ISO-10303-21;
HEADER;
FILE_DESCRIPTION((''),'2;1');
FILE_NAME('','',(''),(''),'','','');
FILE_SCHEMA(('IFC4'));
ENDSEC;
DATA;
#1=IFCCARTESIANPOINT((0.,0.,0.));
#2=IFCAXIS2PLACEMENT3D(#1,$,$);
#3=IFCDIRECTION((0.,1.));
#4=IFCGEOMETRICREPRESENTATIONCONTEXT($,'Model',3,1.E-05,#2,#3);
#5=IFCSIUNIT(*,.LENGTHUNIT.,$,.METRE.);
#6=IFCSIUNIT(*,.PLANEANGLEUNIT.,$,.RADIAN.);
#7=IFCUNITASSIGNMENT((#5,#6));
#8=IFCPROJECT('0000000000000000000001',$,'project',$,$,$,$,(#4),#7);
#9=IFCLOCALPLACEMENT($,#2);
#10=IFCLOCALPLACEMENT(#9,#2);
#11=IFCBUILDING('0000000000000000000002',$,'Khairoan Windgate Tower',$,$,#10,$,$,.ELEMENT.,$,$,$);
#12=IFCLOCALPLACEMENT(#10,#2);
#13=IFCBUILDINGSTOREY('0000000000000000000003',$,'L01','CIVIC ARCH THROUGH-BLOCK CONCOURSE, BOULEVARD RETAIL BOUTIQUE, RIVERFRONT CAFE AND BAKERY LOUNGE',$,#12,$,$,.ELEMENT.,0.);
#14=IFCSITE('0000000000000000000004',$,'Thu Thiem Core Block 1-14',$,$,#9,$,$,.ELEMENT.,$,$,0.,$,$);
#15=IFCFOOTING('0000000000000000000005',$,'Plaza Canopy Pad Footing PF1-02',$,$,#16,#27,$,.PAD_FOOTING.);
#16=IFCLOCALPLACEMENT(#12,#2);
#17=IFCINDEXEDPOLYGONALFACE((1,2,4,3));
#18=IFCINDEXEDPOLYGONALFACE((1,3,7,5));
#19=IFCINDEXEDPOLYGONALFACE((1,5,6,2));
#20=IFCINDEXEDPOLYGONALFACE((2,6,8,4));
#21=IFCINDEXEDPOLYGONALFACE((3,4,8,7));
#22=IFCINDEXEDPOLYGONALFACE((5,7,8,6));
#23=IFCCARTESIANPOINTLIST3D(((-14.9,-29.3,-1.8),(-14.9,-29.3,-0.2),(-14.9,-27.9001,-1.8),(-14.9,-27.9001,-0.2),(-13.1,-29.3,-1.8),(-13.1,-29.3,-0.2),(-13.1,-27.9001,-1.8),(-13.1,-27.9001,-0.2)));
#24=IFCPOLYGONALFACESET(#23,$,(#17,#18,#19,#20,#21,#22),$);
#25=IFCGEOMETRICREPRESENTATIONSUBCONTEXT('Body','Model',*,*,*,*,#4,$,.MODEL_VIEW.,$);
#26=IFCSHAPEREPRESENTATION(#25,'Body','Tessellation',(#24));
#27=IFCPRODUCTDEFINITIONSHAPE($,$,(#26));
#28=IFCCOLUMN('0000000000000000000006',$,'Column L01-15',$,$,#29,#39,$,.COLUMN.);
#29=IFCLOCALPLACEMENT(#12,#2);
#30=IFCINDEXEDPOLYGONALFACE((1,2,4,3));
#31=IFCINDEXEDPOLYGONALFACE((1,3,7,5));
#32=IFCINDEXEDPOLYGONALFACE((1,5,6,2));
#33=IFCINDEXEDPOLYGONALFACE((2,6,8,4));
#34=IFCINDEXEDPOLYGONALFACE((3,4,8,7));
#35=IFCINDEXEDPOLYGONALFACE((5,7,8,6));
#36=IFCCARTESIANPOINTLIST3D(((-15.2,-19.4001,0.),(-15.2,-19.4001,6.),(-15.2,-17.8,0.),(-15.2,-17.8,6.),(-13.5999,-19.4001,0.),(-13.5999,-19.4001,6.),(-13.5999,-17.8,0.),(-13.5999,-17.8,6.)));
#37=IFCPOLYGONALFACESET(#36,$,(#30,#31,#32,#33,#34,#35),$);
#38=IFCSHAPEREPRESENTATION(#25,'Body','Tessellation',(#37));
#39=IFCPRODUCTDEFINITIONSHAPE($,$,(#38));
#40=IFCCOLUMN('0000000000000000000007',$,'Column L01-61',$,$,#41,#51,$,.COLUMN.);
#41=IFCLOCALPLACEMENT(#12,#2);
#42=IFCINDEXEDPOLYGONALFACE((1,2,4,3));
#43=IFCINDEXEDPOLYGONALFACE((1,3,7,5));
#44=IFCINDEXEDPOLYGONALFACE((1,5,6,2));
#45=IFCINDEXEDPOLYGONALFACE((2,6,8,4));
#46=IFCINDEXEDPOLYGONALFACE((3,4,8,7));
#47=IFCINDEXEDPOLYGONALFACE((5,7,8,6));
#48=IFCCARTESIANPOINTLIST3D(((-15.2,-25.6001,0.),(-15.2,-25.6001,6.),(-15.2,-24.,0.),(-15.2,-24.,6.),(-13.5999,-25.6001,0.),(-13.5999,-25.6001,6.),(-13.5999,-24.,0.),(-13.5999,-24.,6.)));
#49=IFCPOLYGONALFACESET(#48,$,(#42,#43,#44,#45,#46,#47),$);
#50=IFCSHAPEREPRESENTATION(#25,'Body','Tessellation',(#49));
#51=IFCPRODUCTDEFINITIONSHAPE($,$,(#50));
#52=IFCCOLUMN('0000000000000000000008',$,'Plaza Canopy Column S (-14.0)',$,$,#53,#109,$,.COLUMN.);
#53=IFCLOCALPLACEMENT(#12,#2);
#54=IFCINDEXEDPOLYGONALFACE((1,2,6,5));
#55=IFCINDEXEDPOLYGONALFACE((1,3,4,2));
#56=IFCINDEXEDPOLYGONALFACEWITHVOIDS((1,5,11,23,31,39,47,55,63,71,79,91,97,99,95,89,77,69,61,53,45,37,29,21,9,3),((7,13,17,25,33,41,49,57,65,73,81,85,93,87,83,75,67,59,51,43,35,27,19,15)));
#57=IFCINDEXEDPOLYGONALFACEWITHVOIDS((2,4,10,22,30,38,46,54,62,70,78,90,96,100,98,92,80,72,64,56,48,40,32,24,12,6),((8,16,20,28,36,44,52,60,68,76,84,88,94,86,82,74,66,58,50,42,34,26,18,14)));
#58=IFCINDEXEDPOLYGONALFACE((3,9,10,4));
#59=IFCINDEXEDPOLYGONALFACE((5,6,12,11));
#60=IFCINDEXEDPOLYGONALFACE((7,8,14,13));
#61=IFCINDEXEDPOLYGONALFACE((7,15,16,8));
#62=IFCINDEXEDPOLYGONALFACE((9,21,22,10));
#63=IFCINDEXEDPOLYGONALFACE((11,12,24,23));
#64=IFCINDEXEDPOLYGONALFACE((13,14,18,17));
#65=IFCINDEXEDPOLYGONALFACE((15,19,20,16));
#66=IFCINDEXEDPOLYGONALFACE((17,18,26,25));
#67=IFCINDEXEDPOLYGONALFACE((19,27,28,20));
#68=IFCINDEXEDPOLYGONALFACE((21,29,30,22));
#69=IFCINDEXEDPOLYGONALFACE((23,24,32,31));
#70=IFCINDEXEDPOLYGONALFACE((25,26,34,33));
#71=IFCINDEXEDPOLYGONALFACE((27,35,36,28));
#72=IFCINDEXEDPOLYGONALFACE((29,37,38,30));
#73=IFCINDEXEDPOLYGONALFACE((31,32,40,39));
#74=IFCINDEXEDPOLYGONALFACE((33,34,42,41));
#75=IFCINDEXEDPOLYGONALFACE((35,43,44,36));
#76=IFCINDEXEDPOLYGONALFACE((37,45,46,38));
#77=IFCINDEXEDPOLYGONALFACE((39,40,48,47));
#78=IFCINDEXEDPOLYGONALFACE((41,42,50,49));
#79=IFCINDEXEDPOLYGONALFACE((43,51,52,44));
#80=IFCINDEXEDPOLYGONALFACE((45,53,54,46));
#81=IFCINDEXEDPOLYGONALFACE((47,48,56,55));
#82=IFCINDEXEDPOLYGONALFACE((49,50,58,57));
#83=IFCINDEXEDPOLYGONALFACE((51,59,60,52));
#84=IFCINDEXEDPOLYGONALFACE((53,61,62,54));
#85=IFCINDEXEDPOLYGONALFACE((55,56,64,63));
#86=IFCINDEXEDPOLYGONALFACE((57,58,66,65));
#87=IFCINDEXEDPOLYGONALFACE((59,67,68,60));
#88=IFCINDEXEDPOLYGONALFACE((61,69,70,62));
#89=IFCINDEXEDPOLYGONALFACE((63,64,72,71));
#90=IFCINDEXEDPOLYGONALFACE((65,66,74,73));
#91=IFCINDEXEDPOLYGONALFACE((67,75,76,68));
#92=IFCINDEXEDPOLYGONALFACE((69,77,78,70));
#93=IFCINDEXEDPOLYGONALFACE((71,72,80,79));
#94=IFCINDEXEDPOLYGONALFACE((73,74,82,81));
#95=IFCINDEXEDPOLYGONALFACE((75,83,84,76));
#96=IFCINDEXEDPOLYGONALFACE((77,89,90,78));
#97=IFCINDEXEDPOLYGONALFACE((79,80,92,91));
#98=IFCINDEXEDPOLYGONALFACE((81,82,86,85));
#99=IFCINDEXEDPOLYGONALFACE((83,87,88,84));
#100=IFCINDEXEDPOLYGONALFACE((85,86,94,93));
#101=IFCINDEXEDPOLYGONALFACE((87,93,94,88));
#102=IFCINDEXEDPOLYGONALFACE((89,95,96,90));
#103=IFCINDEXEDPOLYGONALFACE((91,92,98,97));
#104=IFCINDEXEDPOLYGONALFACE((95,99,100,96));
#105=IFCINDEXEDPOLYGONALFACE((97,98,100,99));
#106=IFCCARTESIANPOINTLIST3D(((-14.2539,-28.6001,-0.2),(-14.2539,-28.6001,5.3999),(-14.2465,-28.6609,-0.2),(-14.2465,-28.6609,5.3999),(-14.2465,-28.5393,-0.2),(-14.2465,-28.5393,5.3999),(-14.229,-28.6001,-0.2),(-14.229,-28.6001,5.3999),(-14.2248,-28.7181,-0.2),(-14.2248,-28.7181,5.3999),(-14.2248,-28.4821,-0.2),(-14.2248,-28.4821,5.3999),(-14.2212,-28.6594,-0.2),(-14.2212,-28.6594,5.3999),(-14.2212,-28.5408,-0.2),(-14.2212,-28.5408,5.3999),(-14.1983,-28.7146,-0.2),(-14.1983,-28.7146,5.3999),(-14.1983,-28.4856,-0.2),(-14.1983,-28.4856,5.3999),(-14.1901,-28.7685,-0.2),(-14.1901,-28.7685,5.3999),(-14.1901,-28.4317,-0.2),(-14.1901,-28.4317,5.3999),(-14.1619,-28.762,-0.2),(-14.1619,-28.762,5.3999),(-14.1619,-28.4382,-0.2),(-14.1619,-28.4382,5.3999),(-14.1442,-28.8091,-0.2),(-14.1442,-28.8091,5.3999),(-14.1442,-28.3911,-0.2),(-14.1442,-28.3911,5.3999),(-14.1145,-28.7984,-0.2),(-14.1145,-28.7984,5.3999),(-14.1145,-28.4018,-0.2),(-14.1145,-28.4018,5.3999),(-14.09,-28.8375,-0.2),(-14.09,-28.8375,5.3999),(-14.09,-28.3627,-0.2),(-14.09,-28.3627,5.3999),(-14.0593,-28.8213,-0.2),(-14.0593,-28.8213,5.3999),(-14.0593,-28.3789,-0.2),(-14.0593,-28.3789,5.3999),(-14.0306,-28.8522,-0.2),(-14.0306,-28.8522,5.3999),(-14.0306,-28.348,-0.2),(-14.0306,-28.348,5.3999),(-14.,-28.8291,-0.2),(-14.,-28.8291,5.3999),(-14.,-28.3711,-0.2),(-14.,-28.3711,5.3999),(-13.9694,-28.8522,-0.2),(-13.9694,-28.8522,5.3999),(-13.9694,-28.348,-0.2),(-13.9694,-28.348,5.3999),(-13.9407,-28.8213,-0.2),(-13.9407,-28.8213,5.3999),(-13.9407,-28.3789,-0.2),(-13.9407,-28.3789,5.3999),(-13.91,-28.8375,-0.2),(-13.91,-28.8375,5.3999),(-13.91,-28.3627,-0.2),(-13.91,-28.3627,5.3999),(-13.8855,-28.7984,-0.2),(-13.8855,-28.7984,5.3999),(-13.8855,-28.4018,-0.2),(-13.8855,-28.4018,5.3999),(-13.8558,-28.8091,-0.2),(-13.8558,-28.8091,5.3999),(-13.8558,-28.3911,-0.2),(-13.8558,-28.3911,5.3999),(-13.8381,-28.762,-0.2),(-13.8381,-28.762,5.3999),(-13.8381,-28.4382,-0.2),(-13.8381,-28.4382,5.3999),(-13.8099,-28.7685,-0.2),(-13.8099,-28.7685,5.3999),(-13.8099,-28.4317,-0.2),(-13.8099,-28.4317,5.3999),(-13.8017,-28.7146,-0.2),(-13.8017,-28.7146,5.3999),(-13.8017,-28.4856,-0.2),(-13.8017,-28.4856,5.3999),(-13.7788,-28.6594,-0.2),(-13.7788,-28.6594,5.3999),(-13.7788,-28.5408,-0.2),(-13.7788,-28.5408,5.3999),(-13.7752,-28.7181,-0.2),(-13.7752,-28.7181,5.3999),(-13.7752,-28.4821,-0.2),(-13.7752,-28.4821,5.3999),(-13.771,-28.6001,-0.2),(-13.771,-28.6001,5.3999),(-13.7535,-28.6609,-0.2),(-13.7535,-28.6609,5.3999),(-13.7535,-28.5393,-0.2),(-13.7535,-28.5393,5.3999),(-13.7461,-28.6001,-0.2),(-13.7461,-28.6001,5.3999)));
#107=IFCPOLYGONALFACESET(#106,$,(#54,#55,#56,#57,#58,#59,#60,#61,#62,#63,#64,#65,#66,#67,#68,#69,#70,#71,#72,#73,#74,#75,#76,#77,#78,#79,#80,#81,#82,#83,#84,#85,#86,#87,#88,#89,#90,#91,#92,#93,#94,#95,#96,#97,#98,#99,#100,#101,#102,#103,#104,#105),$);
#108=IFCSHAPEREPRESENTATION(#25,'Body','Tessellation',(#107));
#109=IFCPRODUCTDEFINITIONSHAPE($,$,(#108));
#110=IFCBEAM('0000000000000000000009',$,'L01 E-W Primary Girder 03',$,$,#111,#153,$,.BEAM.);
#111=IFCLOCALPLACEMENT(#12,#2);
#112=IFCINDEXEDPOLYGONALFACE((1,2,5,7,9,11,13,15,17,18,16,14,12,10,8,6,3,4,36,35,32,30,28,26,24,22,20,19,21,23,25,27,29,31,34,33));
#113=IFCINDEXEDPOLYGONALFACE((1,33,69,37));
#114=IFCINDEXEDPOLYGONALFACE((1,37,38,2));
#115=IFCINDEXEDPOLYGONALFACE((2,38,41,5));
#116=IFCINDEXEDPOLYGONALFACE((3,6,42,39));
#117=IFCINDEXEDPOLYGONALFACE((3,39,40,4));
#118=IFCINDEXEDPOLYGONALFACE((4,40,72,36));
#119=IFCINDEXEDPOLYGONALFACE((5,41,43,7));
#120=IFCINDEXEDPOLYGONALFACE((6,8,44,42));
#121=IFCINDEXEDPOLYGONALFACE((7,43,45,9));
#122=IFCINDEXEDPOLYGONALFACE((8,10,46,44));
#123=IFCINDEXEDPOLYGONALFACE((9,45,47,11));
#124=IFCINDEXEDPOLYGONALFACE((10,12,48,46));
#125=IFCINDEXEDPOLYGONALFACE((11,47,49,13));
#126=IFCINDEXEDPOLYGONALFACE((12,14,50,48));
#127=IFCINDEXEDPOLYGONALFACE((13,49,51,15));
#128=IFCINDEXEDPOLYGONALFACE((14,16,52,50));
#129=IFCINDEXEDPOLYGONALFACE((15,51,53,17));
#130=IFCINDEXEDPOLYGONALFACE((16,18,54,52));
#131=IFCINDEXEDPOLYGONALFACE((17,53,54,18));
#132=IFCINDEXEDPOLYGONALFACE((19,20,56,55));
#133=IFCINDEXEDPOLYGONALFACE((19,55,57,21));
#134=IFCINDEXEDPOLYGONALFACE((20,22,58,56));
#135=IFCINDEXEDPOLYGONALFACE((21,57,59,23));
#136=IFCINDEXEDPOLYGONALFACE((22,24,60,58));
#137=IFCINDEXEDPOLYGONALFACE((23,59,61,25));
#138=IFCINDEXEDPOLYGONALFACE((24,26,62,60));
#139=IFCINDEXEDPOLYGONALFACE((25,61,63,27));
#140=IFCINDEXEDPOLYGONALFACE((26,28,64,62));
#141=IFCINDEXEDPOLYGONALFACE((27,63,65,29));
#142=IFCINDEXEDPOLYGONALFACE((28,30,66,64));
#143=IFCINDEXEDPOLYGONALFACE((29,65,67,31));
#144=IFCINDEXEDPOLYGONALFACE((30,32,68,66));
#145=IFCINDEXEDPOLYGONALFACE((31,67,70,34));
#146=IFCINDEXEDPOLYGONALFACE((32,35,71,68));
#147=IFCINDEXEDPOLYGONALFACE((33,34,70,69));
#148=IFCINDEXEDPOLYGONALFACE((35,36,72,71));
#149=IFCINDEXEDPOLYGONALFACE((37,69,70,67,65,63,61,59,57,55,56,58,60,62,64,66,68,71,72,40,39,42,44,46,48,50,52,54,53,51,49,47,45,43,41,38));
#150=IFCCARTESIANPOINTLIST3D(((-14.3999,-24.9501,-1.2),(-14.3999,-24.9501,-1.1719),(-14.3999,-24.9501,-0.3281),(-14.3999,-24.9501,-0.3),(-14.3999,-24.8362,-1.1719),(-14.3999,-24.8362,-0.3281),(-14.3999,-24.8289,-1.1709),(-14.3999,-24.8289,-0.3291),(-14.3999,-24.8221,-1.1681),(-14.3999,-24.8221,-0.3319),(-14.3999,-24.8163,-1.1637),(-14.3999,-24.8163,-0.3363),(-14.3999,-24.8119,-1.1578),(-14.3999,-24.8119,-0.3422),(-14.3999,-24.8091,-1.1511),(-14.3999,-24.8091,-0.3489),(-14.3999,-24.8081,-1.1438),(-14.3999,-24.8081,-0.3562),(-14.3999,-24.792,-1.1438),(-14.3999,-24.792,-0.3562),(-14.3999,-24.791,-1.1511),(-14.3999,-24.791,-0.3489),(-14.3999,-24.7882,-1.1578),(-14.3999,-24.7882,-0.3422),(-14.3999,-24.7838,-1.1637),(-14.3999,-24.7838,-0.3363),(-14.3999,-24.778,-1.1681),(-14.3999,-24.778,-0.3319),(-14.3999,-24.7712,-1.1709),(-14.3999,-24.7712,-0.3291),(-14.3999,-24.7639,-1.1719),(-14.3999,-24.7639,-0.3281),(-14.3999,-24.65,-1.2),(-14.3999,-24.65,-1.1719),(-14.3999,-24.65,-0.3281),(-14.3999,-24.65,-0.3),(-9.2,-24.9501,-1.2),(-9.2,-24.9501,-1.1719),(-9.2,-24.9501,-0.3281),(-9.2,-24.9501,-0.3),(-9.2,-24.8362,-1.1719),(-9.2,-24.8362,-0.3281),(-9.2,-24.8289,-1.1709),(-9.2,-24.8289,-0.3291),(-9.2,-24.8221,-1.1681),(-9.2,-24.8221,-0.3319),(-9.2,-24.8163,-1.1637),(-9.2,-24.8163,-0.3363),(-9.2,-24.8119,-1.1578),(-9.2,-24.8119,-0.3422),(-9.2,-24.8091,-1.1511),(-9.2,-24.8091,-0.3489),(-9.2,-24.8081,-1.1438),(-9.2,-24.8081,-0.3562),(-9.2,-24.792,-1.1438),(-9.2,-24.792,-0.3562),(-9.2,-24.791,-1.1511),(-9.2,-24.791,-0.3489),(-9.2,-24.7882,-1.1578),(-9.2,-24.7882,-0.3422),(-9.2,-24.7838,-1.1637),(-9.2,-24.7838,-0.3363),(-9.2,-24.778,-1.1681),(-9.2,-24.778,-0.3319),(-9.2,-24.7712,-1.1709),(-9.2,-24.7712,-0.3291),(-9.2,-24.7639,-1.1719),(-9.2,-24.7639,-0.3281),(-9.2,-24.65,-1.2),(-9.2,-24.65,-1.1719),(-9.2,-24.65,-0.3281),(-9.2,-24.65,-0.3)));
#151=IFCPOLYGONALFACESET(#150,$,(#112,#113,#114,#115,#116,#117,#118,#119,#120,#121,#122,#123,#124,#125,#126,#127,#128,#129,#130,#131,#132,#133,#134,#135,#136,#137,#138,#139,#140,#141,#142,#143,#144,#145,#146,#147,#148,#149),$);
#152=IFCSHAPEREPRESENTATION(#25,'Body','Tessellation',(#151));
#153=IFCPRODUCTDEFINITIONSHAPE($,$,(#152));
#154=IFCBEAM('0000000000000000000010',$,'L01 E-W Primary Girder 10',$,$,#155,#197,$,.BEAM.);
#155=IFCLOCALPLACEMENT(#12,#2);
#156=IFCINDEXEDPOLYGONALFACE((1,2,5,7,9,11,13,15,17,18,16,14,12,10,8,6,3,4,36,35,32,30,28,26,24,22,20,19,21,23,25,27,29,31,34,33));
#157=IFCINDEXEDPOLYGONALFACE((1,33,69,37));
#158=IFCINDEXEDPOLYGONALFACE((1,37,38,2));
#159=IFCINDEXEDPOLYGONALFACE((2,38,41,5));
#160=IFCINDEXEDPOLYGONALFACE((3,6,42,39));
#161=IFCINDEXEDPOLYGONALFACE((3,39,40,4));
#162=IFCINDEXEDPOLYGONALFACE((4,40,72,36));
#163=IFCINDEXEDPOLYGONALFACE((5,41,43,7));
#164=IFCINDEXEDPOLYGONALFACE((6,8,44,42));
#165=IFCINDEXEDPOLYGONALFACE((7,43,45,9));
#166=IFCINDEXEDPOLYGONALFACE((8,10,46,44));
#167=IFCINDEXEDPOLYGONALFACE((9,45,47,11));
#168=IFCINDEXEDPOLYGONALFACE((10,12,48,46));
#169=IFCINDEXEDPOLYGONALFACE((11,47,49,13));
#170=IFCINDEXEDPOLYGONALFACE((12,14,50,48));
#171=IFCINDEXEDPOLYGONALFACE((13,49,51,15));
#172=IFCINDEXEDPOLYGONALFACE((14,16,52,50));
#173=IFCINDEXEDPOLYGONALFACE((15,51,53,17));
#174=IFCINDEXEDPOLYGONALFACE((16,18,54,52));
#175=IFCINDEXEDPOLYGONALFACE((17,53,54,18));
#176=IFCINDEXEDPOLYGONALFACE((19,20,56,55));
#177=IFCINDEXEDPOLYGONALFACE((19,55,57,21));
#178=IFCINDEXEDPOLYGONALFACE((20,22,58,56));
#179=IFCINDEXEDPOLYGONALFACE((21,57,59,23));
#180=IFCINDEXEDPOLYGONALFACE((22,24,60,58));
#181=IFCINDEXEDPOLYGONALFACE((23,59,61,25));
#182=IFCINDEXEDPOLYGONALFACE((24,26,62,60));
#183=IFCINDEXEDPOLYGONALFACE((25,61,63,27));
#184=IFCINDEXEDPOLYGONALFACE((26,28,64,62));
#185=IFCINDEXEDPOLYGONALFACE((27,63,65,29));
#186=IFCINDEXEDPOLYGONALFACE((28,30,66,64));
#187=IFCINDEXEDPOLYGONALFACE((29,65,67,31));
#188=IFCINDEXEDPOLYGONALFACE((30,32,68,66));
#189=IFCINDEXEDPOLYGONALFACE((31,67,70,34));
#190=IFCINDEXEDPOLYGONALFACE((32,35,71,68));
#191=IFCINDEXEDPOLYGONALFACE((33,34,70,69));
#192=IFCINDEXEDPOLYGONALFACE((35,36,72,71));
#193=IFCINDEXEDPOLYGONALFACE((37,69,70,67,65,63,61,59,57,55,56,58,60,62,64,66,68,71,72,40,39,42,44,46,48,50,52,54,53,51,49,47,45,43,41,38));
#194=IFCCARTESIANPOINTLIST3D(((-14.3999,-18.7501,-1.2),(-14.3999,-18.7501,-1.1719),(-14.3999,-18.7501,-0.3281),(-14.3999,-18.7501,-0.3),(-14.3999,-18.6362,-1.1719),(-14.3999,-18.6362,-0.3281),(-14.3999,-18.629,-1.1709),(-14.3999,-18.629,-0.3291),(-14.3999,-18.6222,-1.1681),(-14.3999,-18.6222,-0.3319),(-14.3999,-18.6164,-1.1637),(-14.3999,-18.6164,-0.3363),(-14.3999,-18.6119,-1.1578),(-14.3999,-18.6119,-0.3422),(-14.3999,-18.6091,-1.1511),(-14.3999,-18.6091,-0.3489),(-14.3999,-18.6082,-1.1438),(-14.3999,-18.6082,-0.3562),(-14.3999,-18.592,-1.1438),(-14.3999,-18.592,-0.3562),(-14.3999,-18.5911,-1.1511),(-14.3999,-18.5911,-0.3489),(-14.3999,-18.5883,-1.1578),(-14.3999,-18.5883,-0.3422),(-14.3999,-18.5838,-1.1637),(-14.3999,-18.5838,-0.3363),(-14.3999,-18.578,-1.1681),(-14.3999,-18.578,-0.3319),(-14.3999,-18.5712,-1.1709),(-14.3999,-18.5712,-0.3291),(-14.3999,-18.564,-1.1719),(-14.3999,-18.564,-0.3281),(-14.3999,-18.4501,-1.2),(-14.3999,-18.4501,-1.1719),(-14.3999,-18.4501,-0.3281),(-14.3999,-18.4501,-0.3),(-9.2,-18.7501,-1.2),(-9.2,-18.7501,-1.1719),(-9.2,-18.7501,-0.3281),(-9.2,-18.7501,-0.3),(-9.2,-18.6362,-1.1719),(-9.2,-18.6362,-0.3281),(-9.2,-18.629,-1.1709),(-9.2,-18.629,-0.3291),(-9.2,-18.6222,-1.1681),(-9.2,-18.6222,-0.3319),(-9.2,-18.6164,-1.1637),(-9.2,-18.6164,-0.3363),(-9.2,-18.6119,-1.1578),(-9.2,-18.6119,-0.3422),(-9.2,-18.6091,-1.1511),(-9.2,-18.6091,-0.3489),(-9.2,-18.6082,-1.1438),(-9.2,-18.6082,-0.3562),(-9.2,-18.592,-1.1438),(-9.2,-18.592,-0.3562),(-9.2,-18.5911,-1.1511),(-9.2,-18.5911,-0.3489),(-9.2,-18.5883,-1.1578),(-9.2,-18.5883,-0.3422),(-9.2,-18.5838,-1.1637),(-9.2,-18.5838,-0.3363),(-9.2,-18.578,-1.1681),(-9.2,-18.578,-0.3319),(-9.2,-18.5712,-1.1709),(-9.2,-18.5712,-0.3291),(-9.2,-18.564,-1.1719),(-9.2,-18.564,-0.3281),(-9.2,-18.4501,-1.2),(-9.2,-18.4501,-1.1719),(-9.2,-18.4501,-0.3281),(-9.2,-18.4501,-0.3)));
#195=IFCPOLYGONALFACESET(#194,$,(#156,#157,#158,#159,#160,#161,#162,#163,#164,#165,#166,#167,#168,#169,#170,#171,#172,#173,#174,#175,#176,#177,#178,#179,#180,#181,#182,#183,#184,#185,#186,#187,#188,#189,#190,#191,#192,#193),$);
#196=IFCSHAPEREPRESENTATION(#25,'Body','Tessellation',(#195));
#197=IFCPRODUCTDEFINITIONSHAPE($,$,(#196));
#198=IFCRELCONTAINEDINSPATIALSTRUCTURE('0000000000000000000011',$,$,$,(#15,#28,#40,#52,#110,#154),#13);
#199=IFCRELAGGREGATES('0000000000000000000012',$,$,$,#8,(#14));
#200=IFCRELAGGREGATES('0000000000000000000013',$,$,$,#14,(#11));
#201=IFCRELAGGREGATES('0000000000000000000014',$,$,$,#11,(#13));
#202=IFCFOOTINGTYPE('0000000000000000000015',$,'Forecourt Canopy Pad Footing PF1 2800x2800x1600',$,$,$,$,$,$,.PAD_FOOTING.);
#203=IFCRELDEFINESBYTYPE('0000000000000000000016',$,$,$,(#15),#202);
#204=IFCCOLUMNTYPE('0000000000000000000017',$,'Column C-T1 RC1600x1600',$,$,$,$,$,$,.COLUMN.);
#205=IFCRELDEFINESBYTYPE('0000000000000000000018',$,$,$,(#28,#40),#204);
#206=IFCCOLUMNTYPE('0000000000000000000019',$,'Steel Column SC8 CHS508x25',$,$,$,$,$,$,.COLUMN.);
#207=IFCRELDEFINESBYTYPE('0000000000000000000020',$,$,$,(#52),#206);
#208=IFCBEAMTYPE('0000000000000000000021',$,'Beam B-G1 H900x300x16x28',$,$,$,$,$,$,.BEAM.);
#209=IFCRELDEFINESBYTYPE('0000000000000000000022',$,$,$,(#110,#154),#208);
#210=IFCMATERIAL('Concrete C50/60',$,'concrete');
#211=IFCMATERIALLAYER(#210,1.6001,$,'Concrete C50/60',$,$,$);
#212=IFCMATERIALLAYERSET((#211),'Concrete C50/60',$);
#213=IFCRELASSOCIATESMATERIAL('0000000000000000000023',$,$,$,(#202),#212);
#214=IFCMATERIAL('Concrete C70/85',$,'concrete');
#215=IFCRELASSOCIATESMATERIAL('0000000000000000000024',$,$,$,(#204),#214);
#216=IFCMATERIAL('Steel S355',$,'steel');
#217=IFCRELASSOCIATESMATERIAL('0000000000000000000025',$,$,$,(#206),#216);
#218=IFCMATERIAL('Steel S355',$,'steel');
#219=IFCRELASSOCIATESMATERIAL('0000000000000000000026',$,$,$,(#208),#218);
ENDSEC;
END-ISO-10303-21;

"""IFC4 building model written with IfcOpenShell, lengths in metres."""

from ifc_helpers import new_model, si_unit, direction, frame, origin, origin_2d, place, context, subcontext, project, spatial, rectangle, hollow_circle, i_section, extrude, material, layer, layer_set, material_profile, profile_set, type_object, element, save


model = new_model("IFC4")

# Units and contexts
model_context = context("Model", 3, precision=1e-05, world=origin(), true_north=direction((0.0, 1.0)))
body_context = subcontext(model_context, "Body", "Model", "MODEL_VIEW")
ifc_project = project(units=[si_unit("LENGTHUNIT", "METRE"), si_unit("PLANEANGLEUNIT", "RADIAN")], contexts=[model_context])

# Site, building, storey
site_placement = place(None, origin())
site = spatial("IfcSite", under=ifc_project, at=site_placement, Name="Thu Thiem Core Block 1-14", CompositionType="ELEMENT", RefElevation=0.0)
building_placement = place(site_placement, origin())
building = spatial("IfcBuilding", under=site, at=building_placement, Name="Khairoan Windgate Tower", CompositionType="ELEMENT")
storey_placement = place(building_placement, origin())
storey = spatial("IfcBuildingStorey", under=building, at=storey_placement, Name="L01", Description="CIVIC ARCH THROUGH-BLOCK CONCOURSE, BOULEVARD RETAIL BOUTIQUE, RIVERFRONT CAFE AND BAKERY LOUNGE", CompositionType="ELEMENT", Elevation=0.0)

# Footing
ifc_material_1 = material(Name="Concrete C50/60", Category="concrete")
ifc_layer_1 = layer(ifc_material_1, 1.6001, Name="Concrete C50/60")
ifc_layer_set_1 = layer_set([ifc_layer_1], Name="Concrete C50/60")
footing_type = type_object("IfcFootingType", Name="Forecourt Canopy Pad Footing PF1 2800x2800x1600", PredefinedType="PAD_FOOTING", material=ifc_layer_set_1)
footing_placement = place(storey_placement, frame((-14.0, -28.6001, -1.8), z_axis=(0.0, 0.0, 1.0), x_axis=(1.0, 0.0, 0.0)))
element("IfcFooting", 1, at=footing_placement, inside=storey, type_object=footing_type, Name="Plaza Canopy Pad Footing PF1-02", PredefinedType="PAD_FOOTING", context=body_context, shape_type="SweptSolid", body=[
    extrude(rectangle(XDim=1.8, YDim=1.3999, at=origin_2d()), origin(), (0.0, 0.0, 1.0), 1.6001),
])

# Columns
ifc_material_2 = material(Name="Concrete C70/85", Category="concrete")
ifc_material_profile_1 = material_profile(ifc_material_2, rectangle(XDim=1.6001, YDim=1.6001, at=origin_2d()))
ifc_profile_set_1 = profile_set([ifc_material_profile_1], Name="Concrete C70/85")
column_type_1 = type_object("IfcColumnType", Name="Column C-T1 RC1600x1600", PredefinedType="COLUMN", material=ifc_profile_set_1)
for number, where, z_axis, x_axis, name in (
    (2, (-14.3999, -18.6001, 0.0), (0.0, 0.0, 1.0), (1.0, 0.0, 0.0), "Column L01-15"),
    (3, (-14.3999, -24.8, 0.0), (0.0, 0.0, 1.0), (1.0, 0.0, 0.0), "Column L01-61"),
):
    element("IfcColumn", number, at=place(storey_placement, frame(where, z_axis=z_axis, x_axis=x_axis)), inside=storey, type_object=column_type_1, Name=name, PredefinedType="COLUMN", context=body_context, shape_type="SweptSolid", body=[
        extrude(rectangle(XDim=1.6001, YDim=1.6001, at=origin_2d()), origin(), (0.0, 0.0, 1.0), 6.0),
    ])
ifc_material_3 = material(Name="Steel S355", Category="steel")
ifc_material_profile_2 = material_profile(ifc_material_3, hollow_circle(Radius=0.2539, WallThickness=0.0249, at=origin_2d()))
ifc_profile_set_2 = profile_set([ifc_material_profile_2], Name="Steel S355")
column_type_2 = type_object("IfcColumnType", Name="Steel Column SC8 CHS508x25", PredefinedType="COLUMN", material=ifc_profile_set_2)
column_placement = place(storey_placement, frame((-14.0, -28.6001, -0.2), z_axis=(0.0, 0.0, 1.0), x_axis=(1.0, 0.0, 0.0)))
element("IfcColumn", 4, at=column_placement, inside=storey, type_object=column_type_2, Name="Plaza Canopy Column S (-14.0)", PredefinedType="COLUMN", context=body_context, shape_type="SweptSolid", body=[
    extrude(hollow_circle(Radius=0.2539, WallThickness=0.0249, at=origin_2d()), origin(), (0.0, 0.0, 1.0), 5.5999),
])

# Beams
ifc_material_4 = material(Name="Steel S355", Category="steel")
ifc_material_profile_3 = material_profile(ifc_material_4, i_section(OverallWidth=0.3, OverallDepth=0.8999, WebThickness=0.0161, FlangeThickness=0.0281, FilletRadius=0.0281, at=origin_2d()))
ifc_profile_set_3 = profile_set([ifc_material_profile_3], Name="Steel S355")
beam_type_1 = type_object("IfcBeamType", Name="Beam B-G1 H900x300x16x28", PredefinedType="BEAM", material=ifc_profile_set_3)
for number, where, z_axis, x_axis, name in (
    (5, (-14.3999, -24.8, -0.75), (1.0, 0.0, 0.0), (0.0, 1.0, 0.0), "L01 E-W Primary Girder 03"),
    (6, (-14.3999, -18.6001, -0.75), (1.0, 0.0, 0.0), (0.0, 1.0, 0.0), "L01 E-W Primary Girder 10"),
):
    element("IfcBeam", number, at=place(storey_placement, frame(where, z_axis=z_axis, x_axis=x_axis)), inside=storey, type_object=beam_type_1, Name=name, PredefinedType="BEAM", context=body_context, shape_type="SweptSolid", body=[
        extrude(i_section(OverallWidth=0.3, OverallDepth=0.8999, WebThickness=0.0161, FlangeThickness=0.0281, FilletRadius=0.0281, at=origin_2d()), origin(), (0.0, 0.0, 1.0), 5.2),
    ])

save(model, "model.ifc")
